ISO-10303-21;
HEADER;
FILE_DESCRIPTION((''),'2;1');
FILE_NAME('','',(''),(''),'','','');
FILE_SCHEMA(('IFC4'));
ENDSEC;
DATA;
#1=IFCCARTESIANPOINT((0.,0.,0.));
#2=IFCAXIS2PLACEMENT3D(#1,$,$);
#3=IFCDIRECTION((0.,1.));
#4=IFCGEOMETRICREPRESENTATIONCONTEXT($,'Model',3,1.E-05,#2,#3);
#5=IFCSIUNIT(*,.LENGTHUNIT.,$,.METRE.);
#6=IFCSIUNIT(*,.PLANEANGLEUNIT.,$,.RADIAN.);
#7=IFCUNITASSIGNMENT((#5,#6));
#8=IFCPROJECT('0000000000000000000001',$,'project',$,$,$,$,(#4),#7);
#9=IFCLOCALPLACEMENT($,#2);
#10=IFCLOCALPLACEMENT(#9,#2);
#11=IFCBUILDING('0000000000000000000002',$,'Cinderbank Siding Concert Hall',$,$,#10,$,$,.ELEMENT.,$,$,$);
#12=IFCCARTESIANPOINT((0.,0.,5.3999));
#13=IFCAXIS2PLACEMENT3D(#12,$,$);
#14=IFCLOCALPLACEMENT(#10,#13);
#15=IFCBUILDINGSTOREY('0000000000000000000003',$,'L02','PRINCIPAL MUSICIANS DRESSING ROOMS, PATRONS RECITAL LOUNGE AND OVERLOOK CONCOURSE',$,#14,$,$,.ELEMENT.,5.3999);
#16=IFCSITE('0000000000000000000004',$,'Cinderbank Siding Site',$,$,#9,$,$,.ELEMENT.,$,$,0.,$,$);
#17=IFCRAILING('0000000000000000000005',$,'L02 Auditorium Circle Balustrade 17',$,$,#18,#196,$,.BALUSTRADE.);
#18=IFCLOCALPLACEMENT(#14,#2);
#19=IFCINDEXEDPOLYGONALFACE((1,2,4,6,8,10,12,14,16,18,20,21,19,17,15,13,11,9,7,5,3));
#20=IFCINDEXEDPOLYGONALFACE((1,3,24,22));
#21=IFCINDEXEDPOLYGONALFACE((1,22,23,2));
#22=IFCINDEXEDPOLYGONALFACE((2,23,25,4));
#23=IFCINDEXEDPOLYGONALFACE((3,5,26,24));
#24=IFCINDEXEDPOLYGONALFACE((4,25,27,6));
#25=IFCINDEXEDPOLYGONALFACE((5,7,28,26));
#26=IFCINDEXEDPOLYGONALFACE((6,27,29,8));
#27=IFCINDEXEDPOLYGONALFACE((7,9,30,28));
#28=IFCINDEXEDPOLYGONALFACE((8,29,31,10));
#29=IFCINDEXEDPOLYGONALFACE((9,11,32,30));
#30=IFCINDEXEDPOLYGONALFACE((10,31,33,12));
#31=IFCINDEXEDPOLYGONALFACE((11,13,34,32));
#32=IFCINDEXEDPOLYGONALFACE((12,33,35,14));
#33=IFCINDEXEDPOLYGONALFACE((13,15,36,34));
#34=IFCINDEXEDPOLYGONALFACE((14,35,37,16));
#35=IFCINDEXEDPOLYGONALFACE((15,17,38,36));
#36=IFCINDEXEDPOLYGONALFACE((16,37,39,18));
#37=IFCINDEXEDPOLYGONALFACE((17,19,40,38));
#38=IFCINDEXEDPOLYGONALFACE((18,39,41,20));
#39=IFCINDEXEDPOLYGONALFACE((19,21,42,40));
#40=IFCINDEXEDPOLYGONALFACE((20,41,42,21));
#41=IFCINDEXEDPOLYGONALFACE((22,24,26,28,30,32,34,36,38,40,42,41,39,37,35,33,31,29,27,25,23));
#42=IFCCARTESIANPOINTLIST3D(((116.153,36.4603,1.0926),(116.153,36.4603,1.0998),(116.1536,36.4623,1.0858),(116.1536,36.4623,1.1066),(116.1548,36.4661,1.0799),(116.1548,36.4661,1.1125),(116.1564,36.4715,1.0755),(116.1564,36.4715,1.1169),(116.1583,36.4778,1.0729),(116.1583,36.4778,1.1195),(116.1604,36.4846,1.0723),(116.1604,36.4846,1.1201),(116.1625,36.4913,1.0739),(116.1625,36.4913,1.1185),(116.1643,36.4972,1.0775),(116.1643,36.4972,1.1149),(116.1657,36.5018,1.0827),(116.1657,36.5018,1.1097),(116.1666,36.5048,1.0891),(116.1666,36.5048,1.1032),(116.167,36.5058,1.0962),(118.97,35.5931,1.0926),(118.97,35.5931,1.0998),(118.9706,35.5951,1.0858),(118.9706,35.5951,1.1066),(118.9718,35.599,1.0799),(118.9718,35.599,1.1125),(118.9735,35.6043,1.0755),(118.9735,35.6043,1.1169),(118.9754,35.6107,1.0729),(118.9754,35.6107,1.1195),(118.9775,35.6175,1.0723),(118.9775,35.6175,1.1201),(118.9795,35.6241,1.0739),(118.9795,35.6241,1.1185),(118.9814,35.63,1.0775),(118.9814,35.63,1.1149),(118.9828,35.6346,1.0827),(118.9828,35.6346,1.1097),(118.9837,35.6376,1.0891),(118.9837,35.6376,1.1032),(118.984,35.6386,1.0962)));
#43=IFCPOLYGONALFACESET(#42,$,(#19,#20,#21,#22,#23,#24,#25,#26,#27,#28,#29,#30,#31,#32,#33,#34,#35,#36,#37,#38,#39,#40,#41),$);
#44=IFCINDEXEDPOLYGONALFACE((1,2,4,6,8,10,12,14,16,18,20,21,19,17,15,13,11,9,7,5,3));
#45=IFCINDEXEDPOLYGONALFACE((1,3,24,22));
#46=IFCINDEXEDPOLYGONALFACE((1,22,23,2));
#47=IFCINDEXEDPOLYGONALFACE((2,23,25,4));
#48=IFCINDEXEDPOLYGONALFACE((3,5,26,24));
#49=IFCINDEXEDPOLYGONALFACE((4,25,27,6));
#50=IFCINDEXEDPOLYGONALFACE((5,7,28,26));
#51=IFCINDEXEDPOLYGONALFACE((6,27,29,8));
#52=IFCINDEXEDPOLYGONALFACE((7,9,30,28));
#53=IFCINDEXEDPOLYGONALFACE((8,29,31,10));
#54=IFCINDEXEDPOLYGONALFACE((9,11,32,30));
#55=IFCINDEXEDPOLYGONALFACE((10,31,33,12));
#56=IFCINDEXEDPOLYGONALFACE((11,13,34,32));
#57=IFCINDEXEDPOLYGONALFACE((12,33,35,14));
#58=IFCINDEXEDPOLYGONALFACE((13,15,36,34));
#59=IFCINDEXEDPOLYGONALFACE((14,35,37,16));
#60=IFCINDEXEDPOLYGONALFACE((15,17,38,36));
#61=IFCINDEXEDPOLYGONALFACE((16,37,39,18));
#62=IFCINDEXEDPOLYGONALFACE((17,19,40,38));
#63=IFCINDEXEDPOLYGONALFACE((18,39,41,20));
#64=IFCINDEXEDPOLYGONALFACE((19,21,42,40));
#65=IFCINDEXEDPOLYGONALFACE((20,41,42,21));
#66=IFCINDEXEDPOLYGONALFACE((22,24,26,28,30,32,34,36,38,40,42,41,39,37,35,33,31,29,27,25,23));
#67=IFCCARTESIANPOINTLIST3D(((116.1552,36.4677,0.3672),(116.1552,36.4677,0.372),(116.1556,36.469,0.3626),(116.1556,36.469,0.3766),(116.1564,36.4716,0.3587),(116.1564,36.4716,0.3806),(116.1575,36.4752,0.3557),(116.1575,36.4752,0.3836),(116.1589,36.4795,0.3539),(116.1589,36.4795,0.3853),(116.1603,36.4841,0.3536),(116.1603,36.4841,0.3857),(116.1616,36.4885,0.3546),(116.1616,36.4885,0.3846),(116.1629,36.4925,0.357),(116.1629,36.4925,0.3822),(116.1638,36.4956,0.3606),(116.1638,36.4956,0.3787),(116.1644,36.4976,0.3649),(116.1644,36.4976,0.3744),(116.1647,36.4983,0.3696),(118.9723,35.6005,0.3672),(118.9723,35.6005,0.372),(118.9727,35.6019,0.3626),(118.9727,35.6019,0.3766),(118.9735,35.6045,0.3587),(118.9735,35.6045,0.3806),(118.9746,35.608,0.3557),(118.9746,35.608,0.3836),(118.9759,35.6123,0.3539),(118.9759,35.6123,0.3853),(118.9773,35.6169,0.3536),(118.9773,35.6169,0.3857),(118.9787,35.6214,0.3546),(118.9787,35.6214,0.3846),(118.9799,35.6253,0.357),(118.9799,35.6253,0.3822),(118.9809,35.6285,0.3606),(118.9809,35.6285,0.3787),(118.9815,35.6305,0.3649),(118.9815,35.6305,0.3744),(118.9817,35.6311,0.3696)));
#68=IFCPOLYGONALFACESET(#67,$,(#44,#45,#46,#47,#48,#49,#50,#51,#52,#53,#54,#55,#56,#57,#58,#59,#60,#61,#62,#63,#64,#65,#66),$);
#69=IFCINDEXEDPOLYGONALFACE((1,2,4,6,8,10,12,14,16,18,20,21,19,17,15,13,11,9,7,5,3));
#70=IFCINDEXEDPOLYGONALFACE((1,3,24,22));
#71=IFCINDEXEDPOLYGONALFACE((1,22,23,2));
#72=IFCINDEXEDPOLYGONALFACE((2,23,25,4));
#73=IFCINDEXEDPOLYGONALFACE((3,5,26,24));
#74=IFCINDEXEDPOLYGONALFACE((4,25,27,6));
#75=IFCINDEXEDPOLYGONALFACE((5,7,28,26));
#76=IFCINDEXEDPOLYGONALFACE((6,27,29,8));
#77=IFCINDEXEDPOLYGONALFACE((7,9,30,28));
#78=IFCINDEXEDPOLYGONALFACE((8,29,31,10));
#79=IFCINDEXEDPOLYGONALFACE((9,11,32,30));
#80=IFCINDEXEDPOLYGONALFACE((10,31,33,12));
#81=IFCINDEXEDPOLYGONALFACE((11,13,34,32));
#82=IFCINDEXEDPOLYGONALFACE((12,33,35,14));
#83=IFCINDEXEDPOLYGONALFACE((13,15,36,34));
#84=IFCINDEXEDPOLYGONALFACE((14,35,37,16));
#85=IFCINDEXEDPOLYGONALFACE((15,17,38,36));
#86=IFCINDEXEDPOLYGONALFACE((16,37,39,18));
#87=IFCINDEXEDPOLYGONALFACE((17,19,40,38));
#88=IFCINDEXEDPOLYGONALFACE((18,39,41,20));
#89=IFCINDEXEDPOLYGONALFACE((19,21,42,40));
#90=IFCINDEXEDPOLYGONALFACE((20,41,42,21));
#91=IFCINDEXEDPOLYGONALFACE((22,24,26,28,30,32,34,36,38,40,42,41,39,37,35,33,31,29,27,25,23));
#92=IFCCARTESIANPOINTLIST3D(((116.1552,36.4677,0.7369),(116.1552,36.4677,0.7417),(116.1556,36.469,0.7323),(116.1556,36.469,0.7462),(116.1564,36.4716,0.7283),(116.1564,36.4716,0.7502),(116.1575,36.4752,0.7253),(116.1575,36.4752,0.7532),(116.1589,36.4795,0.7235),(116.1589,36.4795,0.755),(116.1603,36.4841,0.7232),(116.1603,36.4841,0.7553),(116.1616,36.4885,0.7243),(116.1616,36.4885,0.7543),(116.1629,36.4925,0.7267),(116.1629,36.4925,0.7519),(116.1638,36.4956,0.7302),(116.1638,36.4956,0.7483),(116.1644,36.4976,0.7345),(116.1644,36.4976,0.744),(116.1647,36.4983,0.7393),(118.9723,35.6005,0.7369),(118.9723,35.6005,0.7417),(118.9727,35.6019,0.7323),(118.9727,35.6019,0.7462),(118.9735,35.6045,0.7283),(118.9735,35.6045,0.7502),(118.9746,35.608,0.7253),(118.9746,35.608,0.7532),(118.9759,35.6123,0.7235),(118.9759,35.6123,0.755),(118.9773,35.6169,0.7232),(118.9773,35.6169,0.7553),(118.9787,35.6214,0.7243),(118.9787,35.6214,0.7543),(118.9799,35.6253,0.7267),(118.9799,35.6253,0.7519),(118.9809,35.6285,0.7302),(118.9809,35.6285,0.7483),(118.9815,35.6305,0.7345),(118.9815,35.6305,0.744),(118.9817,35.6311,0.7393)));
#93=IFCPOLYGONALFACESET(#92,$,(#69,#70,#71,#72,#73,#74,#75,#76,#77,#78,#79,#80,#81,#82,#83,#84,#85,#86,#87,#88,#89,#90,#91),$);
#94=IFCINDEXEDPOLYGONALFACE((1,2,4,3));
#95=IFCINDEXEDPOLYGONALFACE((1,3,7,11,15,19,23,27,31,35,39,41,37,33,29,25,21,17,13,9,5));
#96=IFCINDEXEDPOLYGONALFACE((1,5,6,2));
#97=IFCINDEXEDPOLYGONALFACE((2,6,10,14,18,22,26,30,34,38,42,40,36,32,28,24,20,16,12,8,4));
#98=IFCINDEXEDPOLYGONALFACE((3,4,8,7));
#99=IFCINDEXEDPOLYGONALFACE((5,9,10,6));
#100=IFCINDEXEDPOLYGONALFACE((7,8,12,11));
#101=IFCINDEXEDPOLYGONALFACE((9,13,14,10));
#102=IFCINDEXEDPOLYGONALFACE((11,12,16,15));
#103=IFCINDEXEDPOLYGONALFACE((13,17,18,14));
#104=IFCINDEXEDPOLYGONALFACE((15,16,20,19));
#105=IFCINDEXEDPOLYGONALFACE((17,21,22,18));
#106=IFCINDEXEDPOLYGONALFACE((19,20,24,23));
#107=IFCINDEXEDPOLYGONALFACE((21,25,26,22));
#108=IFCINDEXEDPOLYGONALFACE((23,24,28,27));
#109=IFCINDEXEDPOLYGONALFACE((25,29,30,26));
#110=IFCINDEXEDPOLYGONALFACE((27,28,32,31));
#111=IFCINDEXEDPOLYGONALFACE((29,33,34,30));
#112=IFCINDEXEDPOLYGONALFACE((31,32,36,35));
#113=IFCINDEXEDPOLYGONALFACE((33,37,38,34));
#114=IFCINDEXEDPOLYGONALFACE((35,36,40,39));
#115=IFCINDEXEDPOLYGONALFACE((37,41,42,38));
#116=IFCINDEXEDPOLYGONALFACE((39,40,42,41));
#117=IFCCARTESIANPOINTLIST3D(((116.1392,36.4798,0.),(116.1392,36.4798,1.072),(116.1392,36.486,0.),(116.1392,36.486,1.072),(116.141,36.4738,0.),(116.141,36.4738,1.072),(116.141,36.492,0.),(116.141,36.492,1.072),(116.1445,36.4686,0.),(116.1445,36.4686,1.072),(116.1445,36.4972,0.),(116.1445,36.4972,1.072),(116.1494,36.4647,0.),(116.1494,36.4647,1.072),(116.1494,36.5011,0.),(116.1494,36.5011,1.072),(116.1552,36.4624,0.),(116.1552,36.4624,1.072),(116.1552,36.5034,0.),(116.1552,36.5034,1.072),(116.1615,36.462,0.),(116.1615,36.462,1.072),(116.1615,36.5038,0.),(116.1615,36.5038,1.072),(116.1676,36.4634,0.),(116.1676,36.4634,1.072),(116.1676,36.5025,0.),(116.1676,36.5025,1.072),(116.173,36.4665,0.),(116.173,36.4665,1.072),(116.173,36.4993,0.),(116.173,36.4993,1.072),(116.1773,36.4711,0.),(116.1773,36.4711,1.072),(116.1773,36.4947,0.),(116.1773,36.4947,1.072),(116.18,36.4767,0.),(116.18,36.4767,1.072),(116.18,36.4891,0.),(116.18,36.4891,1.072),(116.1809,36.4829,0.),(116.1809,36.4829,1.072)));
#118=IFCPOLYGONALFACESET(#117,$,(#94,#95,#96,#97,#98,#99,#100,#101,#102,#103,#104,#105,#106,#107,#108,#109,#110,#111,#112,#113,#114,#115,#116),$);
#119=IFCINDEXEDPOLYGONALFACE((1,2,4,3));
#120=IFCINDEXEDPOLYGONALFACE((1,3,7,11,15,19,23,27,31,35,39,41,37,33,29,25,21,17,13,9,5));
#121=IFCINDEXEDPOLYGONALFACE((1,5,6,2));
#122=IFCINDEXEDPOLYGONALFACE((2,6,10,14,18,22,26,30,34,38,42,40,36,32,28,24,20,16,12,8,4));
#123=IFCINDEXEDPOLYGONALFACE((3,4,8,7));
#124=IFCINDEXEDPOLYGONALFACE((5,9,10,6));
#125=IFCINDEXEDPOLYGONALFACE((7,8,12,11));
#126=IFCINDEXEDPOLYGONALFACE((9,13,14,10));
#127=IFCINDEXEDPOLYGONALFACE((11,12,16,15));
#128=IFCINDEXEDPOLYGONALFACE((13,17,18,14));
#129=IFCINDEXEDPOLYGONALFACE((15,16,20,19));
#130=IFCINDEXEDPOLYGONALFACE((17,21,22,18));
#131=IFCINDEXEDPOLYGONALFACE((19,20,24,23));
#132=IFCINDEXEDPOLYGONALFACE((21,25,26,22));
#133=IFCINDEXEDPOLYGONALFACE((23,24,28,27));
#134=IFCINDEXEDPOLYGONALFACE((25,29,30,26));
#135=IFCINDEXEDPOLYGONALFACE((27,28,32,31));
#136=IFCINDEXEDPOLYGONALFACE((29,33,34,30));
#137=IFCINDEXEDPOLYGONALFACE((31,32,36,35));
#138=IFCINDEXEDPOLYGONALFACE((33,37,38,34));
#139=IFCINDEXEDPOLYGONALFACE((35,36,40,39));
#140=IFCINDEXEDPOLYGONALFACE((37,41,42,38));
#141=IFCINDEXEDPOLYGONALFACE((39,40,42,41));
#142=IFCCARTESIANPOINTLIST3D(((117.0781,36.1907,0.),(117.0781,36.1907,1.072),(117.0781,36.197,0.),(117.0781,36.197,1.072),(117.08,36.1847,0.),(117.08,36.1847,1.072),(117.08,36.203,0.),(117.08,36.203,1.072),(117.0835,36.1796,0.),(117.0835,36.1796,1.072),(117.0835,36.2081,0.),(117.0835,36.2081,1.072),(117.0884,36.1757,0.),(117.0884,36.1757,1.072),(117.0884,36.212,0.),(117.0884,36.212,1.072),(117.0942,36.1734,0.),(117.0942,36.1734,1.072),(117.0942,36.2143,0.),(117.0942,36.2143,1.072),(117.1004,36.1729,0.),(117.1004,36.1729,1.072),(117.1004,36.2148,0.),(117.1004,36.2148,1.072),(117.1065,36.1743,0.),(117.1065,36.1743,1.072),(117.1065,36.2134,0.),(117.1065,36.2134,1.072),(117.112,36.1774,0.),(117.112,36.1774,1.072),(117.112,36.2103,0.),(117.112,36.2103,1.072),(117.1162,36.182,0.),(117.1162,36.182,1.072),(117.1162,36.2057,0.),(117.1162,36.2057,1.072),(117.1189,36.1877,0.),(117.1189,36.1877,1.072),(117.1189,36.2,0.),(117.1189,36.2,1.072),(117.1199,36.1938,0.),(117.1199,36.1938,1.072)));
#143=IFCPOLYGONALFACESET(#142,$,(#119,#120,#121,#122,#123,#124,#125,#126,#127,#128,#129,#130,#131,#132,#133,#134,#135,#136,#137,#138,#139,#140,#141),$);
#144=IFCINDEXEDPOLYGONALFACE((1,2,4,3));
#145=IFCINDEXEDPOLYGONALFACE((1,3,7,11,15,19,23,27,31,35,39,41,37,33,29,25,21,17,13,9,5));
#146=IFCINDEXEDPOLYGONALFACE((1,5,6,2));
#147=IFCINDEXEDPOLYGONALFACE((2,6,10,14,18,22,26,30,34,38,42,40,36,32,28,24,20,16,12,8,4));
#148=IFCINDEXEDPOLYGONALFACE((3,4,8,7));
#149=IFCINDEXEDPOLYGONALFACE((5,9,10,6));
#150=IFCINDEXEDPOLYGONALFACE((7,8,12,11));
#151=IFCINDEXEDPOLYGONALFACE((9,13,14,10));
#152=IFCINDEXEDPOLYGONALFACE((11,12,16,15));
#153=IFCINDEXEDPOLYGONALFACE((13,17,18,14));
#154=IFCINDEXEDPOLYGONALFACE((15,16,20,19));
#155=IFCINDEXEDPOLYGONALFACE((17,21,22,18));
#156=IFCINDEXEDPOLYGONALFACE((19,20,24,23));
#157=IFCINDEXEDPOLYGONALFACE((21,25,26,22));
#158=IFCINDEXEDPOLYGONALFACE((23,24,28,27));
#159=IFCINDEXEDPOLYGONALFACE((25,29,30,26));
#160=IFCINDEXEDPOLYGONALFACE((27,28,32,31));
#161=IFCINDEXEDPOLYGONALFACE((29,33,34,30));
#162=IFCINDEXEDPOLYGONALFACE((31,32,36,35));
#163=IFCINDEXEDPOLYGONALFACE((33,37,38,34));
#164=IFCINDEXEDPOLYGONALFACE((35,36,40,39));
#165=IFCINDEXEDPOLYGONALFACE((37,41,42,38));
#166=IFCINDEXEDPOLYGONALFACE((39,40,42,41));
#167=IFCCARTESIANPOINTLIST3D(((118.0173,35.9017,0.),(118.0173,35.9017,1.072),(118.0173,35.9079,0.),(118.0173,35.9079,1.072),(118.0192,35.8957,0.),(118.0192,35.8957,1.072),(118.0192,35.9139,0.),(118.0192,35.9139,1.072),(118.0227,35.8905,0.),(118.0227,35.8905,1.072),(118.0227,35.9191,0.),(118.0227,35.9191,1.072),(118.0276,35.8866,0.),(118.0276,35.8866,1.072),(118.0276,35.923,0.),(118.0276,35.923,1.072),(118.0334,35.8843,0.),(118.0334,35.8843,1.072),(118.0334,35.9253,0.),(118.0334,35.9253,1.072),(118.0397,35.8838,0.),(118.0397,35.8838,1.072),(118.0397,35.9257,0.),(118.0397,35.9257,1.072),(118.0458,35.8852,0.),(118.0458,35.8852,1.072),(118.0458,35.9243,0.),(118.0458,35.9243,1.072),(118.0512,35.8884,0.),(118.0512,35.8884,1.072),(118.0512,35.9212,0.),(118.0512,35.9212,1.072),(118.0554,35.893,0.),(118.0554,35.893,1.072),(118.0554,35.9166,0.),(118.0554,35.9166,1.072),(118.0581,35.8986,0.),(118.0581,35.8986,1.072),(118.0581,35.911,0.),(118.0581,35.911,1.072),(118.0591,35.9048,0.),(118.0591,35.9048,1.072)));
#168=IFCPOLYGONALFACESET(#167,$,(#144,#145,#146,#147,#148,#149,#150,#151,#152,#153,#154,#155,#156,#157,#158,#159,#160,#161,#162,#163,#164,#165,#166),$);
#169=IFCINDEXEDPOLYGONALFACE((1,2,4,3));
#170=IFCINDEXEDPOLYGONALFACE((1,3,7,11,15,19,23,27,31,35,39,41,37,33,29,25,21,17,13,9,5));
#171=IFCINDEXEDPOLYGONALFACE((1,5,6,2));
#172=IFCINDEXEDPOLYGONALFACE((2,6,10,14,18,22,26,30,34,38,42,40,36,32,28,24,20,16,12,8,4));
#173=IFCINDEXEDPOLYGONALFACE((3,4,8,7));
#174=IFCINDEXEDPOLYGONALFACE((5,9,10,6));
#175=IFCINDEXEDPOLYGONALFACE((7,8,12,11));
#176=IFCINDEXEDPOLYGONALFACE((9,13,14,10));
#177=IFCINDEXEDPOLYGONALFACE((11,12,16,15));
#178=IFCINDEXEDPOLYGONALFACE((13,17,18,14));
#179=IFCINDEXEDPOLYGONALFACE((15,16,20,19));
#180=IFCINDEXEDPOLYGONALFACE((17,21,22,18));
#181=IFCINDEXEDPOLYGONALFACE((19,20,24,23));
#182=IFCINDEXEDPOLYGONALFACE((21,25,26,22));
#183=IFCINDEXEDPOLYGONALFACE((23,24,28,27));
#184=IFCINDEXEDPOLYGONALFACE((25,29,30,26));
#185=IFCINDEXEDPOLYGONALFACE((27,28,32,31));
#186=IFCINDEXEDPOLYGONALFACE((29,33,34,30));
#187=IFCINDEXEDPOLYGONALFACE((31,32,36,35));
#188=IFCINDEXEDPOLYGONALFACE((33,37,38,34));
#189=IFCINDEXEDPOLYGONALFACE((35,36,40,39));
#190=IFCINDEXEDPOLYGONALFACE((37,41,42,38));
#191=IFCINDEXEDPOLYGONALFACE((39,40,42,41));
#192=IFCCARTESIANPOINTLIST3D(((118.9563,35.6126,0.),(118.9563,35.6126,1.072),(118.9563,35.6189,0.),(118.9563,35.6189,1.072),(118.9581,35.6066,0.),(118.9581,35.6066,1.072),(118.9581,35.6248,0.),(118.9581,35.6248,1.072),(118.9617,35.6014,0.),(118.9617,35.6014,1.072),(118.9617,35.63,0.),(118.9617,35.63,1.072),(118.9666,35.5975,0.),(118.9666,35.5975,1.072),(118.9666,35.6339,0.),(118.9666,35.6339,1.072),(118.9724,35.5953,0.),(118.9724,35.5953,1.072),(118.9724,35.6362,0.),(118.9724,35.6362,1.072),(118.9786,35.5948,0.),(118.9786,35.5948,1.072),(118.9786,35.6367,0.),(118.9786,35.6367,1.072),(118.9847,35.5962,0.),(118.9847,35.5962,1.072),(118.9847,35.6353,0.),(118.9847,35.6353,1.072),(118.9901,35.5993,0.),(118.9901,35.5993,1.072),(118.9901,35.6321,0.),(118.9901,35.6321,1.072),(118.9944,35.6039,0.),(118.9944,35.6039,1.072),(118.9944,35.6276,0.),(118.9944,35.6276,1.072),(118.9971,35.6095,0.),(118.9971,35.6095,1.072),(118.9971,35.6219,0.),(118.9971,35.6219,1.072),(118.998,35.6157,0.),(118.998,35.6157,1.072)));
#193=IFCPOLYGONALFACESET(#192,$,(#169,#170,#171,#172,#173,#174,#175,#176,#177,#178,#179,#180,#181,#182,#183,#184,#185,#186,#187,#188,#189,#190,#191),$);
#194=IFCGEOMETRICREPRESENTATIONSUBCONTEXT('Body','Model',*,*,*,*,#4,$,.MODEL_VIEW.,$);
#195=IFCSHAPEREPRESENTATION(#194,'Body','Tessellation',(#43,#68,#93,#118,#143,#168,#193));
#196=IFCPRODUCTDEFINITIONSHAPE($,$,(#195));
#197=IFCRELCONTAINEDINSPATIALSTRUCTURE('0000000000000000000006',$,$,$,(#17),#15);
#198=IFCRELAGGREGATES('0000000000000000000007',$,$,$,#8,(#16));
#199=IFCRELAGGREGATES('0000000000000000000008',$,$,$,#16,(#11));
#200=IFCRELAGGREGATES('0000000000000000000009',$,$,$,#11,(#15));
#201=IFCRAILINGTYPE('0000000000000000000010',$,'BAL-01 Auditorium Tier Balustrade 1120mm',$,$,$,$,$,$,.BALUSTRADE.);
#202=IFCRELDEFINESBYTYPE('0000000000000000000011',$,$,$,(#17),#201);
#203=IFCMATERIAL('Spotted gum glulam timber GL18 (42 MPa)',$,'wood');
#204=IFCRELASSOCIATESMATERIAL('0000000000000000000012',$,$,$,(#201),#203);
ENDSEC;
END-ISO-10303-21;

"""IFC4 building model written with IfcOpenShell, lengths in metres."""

from ifc_helpers import new_model, si_unit, direction, frame, origin, origin_2d, place, context, subcontext, project, spatial, circle, extrude, material, type_object, element, save


model = new_model("IFC4")

# Units and contexts
model_context = context("Model", 3, precision=1e-05, world=origin(), true_north=direction((0.0, 1.0)))
body_context = subcontext(model_context, "Body", "Model", "MODEL_VIEW")
ifc_project = project(units=[si_unit("LENGTHUNIT", "METRE"), si_unit("PLANEANGLEUNIT", "RADIAN")], contexts=[model_context])

# Site, building, storey
site_placement = place(None, origin())
site = spatial("IfcSite", under=ifc_project, at=site_placement, Name="Cinderbank Siding Site", CompositionType="ELEMENT", RefElevation=0.0)
building_placement = place(site_placement, origin())
building = spatial("IfcBuilding", under=site, at=building_placement, Name="Cinderbank Siding Concert Hall", CompositionType="ELEMENT")
storey_placement = place(building_placement, frame((0.0, 0.0, 5.3999)))
storey = spatial("IfcBuildingStorey", under=building, at=storey_placement, Name="L02", Description="PRINCIPAL MUSICIANS DRESSING ROOMS, PATRONS RECITAL LOUNGE AND OVERLOOK CONCOURSE", CompositionType="ELEMENT", Elevation=5.3999)

# Railing
ifc_material_1 = material(Name="Spotted gum glulam timber GL18 (42 MPa)", Category="wood")
railing_type = type_object("IfcRailingType", Name="BAL-01 Auditorium Tier Balustrade 1120mm", PredefinedType="BALUSTRADE", material=ifc_material_1)
railing_1_placement = place(storey_placement, frame((116.1599, 36.4829, 0.0)))
element("IfcRailing", 1, at=railing_1_placement, inside=storey, type_object=railing_type, Name="L02 Auditorium Circle Balustrade 17", PredefinedType="BALUSTRADE", context=body_context, shape_type="SweptSolid", body=[
    extrude(circle(Radius=0.0239, at=origin_2d()), frame((0.0, 0.0, 1.0962), z_axis=(0.955743, -0.294202, 0.0), x_axis=(0.294202, 0.955743, 0.0)), (0.0, 0.0, 1.0), 2.9475),
    extrude(circle(Radius=0.0161, at=origin_2d()), frame((0.0, 0.0, 0.3696), z_axis=(0.955743, -0.294202, 0.0), x_axis=(0.294202, 0.955743, 0.0)), (0.0, 0.0, 1.0), 2.9475),
    extrude(circle(Radius=0.0161, at=origin_2d()), frame((0.0, 0.0, 0.7393), z_axis=(0.955743, -0.294202, 0.0), x_axis=(0.294202, 0.955743, 0.0)), (0.0, 0.0, 1.0), 2.9475),
    extrude(circle(Radius=0.021, at=origin_2d()), origin(), (0.0, 0.0, 1.0), 1.072),
    extrude(circle(Radius=0.021, at=origin_2d()), frame((0.939, -0.2891, 0.0)), (0.0, 0.0, 1.0), 1.072),
    extrude(circle(Radius=0.021, at=origin_2d()), frame((1.8782, -0.5781, 0.0)), (0.0, 0.0, 1.0), 1.072),
    extrude(circle(Radius=0.021, at=origin_2d()), frame((2.8171, -0.8672, 0.0)), (0.0, 0.0, 1.0), 1.072),
])

save(model, "model.ifc")
